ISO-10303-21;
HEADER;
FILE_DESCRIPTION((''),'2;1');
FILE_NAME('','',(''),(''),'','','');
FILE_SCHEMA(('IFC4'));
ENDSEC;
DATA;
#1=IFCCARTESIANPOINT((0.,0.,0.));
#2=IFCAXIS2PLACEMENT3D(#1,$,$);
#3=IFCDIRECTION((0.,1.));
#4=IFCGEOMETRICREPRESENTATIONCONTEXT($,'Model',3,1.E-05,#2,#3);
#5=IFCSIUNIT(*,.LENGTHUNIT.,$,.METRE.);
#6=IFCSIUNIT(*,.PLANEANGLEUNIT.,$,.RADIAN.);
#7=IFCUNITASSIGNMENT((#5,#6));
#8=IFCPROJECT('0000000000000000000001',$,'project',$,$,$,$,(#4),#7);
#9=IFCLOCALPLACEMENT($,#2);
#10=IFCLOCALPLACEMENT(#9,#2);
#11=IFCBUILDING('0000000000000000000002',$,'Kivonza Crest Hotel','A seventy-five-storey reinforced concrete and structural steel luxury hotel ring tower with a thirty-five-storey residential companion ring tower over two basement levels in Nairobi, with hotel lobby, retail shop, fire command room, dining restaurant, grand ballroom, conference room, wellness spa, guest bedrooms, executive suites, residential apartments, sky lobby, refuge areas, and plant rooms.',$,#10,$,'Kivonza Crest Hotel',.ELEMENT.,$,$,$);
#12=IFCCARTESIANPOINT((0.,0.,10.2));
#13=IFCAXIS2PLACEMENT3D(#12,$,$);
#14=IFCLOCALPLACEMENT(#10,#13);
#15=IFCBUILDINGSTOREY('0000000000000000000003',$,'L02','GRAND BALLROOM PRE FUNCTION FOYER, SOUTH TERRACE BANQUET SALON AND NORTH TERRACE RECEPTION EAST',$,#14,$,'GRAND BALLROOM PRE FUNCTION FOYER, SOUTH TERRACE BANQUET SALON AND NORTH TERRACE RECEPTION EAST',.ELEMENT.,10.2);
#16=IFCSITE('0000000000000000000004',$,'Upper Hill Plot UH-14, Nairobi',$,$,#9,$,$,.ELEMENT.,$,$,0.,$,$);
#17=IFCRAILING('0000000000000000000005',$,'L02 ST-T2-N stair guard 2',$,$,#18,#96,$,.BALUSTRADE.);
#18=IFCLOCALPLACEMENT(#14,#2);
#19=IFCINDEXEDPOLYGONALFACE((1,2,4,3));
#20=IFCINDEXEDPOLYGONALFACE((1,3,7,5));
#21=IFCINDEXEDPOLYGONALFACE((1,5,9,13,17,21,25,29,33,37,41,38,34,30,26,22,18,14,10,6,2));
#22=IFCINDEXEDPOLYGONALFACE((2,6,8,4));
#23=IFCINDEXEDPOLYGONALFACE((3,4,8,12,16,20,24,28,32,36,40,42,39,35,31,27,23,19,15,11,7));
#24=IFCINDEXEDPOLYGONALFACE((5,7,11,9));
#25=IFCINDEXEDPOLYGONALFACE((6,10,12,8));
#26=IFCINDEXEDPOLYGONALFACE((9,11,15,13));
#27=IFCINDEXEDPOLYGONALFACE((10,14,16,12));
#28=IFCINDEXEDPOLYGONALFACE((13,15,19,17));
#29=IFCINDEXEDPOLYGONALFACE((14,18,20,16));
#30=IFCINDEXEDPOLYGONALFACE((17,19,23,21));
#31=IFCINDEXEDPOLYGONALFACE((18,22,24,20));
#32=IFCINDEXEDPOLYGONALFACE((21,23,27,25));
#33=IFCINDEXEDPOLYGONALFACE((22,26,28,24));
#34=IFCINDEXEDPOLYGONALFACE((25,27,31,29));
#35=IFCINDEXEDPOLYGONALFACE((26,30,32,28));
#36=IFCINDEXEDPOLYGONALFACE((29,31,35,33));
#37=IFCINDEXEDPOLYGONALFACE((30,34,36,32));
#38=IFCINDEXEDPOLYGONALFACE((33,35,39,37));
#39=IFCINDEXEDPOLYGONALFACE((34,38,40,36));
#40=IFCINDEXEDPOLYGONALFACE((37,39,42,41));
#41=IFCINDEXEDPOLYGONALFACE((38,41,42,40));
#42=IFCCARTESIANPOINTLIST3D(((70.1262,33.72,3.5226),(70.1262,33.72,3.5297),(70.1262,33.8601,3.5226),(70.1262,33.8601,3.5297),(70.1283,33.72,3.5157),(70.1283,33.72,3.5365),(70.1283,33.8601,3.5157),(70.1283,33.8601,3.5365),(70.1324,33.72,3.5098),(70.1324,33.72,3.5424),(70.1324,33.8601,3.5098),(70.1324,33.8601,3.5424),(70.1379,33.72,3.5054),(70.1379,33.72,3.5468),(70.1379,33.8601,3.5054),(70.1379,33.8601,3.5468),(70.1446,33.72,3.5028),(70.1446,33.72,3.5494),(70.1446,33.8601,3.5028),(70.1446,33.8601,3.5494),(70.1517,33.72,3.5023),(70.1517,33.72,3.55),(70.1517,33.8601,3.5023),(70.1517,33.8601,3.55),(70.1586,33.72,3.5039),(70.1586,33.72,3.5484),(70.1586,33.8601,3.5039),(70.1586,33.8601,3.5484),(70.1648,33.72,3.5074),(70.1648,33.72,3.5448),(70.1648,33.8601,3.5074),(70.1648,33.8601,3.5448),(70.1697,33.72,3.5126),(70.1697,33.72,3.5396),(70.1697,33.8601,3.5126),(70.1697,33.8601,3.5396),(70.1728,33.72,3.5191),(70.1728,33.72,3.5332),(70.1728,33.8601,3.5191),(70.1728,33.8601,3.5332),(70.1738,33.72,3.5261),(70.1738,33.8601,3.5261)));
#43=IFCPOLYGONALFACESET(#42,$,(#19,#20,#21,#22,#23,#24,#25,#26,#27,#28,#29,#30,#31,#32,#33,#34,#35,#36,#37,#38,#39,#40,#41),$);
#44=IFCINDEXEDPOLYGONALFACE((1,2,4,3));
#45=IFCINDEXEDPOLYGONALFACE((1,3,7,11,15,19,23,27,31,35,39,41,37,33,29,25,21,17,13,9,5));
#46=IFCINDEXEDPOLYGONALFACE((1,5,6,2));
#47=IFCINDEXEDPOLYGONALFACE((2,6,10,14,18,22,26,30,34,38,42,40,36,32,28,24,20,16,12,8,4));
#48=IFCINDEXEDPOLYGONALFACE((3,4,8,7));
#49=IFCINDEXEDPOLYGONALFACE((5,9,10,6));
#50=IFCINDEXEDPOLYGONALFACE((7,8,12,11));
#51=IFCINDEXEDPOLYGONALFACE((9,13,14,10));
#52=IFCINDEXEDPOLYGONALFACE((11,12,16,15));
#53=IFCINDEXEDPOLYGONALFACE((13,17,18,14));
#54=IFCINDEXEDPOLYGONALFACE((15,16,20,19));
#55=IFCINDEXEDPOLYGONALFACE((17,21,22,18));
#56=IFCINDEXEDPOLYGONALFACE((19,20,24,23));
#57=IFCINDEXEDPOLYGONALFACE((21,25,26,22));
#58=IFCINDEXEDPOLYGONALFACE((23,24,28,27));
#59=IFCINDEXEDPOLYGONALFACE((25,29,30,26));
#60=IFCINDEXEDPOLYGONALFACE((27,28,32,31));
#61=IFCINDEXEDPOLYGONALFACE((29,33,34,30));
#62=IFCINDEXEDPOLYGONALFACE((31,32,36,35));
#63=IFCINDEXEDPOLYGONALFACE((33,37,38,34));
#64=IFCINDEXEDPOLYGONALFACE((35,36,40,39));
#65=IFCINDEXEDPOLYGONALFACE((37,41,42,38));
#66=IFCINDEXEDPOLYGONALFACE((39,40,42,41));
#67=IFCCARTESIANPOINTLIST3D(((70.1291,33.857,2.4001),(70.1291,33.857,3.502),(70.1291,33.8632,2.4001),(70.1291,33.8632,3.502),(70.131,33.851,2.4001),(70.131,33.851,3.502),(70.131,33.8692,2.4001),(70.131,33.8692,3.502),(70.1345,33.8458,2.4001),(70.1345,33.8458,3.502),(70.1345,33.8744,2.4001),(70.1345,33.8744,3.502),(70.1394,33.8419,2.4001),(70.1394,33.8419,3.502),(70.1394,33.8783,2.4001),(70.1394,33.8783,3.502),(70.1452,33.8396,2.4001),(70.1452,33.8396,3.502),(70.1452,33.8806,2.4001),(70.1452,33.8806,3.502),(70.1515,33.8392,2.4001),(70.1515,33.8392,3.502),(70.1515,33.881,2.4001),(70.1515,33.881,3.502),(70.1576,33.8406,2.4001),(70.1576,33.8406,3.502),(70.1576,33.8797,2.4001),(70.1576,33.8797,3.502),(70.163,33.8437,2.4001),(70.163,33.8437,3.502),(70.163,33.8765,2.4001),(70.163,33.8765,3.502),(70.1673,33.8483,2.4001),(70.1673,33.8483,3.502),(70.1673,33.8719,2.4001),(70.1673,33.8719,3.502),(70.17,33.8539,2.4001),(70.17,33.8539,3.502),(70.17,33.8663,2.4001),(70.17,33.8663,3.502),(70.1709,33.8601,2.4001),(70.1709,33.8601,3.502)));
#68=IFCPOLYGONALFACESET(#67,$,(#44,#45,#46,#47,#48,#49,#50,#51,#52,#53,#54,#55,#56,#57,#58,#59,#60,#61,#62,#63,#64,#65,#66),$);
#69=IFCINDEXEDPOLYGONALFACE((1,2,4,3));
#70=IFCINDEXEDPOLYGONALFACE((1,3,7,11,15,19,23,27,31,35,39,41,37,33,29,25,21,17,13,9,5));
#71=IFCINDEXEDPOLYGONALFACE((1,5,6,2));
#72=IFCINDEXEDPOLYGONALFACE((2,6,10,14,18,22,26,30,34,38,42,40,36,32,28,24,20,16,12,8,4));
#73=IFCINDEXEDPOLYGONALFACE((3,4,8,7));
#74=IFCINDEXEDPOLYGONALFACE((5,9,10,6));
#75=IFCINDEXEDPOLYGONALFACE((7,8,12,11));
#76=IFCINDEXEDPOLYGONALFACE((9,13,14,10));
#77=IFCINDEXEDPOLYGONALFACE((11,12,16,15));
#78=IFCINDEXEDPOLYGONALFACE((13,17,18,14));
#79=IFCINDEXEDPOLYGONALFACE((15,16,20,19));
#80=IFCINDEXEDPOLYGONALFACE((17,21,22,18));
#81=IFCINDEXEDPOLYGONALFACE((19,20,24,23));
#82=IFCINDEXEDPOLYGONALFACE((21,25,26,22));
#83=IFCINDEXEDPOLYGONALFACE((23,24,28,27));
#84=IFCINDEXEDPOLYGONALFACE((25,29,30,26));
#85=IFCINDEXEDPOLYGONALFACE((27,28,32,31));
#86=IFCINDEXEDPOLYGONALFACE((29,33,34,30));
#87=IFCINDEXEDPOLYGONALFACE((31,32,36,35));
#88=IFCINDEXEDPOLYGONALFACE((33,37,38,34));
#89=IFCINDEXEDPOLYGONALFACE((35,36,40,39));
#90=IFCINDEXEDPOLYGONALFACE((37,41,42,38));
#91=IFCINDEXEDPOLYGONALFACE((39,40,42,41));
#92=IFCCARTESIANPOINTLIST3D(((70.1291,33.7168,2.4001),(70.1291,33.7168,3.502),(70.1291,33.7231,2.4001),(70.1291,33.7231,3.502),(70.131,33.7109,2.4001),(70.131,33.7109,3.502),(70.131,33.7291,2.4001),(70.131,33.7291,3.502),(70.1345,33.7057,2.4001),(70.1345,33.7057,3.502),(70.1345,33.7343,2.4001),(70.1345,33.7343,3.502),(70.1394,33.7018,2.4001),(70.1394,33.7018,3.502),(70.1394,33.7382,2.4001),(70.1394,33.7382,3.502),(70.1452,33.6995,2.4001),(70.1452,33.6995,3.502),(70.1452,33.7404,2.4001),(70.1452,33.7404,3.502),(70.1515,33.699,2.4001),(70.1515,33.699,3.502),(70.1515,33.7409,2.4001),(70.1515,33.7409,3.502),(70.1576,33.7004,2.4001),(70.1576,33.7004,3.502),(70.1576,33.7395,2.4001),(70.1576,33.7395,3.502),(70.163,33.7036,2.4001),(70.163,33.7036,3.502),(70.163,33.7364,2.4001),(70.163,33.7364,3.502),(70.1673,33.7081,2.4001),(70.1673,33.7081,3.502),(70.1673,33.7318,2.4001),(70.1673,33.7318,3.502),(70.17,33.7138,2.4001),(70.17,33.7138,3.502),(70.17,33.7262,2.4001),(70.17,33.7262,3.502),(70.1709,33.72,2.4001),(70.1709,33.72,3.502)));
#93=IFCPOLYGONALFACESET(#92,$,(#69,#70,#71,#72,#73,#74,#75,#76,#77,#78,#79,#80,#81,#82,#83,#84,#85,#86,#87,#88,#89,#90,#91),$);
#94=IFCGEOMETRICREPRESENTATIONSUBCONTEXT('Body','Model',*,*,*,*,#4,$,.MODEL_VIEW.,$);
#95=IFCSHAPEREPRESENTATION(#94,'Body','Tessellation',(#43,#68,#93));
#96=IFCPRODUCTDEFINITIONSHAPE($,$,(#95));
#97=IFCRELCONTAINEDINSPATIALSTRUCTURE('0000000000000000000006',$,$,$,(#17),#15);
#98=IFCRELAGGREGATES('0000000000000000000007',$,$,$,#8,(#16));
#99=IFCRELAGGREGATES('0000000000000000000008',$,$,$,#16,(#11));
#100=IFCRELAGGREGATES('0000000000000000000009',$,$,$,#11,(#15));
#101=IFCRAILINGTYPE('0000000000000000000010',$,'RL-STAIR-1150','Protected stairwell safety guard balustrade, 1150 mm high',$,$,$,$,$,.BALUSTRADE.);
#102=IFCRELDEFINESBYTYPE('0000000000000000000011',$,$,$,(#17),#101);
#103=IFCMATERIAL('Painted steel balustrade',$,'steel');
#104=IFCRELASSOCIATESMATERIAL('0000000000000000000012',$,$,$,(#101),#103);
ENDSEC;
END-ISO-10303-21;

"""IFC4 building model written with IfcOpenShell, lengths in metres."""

from ifc_helpers import new_model, si_unit, direction, frame, origin, origin_2d, place, context, subcontext, project, spatial, circle, extrude, material, type_object, element, save


model = new_model("IFC4")

# Units and contexts
model_context = context("Model", 3, precision=1e-05, world=origin(), true_north=direction((0.0, 1.0)))
body_context = subcontext(model_context, "Body", "Model", "MODEL_VIEW")
ifc_project = project(units=[si_unit("LENGTHUNIT", "METRE"), si_unit("PLANEANGLEUNIT", "RADIAN")], contexts=[model_context])

# Site, building, storey
site_placement = place(None, origin())
site = spatial("IfcSite", under=ifc_project, at=site_placement, Name="Upper Hill Plot UH-14, Nairobi", CompositionType="ELEMENT", RefElevation=0.0)
building_placement = place(site_placement, origin())
building = spatial("IfcBuilding", under=site, at=building_placement, Name="Kivonza Crest Hotel", Description="A seventy-five-storey reinforced concrete and structural steel luxury hotel ring tower with a thirty-five-storey residential companion ring tower over two basement levels in Nairobi, with hotel lobby, retail shop, fire command room, dining restaurant, grand ballroom, conference room, wellness spa, guest bedrooms, executive suites, residential apartments, sky lobby, refuge areas, and plant rooms.", LongName="Kivonza Crest Hotel", CompositionType="ELEMENT")
storey_placement = place(building_placement, frame((0.0, 0.0, 10.2)))
storey = spatial("IfcBuildingStorey", under=building, at=storey_placement, Name="L02", Description="GRAND BALLROOM PRE FUNCTION FOYER, SOUTH TERRACE BANQUET SALON AND NORTH TERRACE RECEPTION EAST", LongName="GRAND BALLROOM PRE FUNCTION FOYER, SOUTH TERRACE BANQUET SALON AND NORTH TERRACE RECEPTION EAST", CompositionType="ELEMENT", Elevation=10.2)

# Railing
ifc_material_1 = material(Name="Painted steel balustrade", Category="steel")
railing_type_1 = type_object("IfcRailingType", Name="RL-STAIR-1150", Description="Protected stairwell safety guard balustrade, 1150 mm high", PredefinedType="BALUSTRADE", material=ifc_material_1)
railing_1_placement = place(storey_placement, frame((70.1499, 33.8601, 2.4001)))
element("IfcRailing", 1, at=railing_1_placement, inside=storey, type_object=railing_type_1, Name="L02 ST-T2-N stair guard 2", PredefinedType="BALUSTRADE", context=body_context, shape_type="SweptSolid", body=[
    extrude(circle(Radius=0.0239, at=origin_2d()), frame((0.0, 0.0, 1.126), z_axis=(0.0, -1.0, 0.0), x_axis=(1.0, 0.0, 0.0)), (0.0, 0.0, 1.0), 0.1401),
    extrude(circle(Radius=0.021, at=origin_2d()), origin(), (0.0, 0.0, 1.0), 1.1018),
    extrude(circle(Radius=0.021, at=origin_2d()), frame((0.0, -0.1401, 0.0)), (0.0, 0.0, 1.0), 1.1018),
])

save(model, "model.ifc")
